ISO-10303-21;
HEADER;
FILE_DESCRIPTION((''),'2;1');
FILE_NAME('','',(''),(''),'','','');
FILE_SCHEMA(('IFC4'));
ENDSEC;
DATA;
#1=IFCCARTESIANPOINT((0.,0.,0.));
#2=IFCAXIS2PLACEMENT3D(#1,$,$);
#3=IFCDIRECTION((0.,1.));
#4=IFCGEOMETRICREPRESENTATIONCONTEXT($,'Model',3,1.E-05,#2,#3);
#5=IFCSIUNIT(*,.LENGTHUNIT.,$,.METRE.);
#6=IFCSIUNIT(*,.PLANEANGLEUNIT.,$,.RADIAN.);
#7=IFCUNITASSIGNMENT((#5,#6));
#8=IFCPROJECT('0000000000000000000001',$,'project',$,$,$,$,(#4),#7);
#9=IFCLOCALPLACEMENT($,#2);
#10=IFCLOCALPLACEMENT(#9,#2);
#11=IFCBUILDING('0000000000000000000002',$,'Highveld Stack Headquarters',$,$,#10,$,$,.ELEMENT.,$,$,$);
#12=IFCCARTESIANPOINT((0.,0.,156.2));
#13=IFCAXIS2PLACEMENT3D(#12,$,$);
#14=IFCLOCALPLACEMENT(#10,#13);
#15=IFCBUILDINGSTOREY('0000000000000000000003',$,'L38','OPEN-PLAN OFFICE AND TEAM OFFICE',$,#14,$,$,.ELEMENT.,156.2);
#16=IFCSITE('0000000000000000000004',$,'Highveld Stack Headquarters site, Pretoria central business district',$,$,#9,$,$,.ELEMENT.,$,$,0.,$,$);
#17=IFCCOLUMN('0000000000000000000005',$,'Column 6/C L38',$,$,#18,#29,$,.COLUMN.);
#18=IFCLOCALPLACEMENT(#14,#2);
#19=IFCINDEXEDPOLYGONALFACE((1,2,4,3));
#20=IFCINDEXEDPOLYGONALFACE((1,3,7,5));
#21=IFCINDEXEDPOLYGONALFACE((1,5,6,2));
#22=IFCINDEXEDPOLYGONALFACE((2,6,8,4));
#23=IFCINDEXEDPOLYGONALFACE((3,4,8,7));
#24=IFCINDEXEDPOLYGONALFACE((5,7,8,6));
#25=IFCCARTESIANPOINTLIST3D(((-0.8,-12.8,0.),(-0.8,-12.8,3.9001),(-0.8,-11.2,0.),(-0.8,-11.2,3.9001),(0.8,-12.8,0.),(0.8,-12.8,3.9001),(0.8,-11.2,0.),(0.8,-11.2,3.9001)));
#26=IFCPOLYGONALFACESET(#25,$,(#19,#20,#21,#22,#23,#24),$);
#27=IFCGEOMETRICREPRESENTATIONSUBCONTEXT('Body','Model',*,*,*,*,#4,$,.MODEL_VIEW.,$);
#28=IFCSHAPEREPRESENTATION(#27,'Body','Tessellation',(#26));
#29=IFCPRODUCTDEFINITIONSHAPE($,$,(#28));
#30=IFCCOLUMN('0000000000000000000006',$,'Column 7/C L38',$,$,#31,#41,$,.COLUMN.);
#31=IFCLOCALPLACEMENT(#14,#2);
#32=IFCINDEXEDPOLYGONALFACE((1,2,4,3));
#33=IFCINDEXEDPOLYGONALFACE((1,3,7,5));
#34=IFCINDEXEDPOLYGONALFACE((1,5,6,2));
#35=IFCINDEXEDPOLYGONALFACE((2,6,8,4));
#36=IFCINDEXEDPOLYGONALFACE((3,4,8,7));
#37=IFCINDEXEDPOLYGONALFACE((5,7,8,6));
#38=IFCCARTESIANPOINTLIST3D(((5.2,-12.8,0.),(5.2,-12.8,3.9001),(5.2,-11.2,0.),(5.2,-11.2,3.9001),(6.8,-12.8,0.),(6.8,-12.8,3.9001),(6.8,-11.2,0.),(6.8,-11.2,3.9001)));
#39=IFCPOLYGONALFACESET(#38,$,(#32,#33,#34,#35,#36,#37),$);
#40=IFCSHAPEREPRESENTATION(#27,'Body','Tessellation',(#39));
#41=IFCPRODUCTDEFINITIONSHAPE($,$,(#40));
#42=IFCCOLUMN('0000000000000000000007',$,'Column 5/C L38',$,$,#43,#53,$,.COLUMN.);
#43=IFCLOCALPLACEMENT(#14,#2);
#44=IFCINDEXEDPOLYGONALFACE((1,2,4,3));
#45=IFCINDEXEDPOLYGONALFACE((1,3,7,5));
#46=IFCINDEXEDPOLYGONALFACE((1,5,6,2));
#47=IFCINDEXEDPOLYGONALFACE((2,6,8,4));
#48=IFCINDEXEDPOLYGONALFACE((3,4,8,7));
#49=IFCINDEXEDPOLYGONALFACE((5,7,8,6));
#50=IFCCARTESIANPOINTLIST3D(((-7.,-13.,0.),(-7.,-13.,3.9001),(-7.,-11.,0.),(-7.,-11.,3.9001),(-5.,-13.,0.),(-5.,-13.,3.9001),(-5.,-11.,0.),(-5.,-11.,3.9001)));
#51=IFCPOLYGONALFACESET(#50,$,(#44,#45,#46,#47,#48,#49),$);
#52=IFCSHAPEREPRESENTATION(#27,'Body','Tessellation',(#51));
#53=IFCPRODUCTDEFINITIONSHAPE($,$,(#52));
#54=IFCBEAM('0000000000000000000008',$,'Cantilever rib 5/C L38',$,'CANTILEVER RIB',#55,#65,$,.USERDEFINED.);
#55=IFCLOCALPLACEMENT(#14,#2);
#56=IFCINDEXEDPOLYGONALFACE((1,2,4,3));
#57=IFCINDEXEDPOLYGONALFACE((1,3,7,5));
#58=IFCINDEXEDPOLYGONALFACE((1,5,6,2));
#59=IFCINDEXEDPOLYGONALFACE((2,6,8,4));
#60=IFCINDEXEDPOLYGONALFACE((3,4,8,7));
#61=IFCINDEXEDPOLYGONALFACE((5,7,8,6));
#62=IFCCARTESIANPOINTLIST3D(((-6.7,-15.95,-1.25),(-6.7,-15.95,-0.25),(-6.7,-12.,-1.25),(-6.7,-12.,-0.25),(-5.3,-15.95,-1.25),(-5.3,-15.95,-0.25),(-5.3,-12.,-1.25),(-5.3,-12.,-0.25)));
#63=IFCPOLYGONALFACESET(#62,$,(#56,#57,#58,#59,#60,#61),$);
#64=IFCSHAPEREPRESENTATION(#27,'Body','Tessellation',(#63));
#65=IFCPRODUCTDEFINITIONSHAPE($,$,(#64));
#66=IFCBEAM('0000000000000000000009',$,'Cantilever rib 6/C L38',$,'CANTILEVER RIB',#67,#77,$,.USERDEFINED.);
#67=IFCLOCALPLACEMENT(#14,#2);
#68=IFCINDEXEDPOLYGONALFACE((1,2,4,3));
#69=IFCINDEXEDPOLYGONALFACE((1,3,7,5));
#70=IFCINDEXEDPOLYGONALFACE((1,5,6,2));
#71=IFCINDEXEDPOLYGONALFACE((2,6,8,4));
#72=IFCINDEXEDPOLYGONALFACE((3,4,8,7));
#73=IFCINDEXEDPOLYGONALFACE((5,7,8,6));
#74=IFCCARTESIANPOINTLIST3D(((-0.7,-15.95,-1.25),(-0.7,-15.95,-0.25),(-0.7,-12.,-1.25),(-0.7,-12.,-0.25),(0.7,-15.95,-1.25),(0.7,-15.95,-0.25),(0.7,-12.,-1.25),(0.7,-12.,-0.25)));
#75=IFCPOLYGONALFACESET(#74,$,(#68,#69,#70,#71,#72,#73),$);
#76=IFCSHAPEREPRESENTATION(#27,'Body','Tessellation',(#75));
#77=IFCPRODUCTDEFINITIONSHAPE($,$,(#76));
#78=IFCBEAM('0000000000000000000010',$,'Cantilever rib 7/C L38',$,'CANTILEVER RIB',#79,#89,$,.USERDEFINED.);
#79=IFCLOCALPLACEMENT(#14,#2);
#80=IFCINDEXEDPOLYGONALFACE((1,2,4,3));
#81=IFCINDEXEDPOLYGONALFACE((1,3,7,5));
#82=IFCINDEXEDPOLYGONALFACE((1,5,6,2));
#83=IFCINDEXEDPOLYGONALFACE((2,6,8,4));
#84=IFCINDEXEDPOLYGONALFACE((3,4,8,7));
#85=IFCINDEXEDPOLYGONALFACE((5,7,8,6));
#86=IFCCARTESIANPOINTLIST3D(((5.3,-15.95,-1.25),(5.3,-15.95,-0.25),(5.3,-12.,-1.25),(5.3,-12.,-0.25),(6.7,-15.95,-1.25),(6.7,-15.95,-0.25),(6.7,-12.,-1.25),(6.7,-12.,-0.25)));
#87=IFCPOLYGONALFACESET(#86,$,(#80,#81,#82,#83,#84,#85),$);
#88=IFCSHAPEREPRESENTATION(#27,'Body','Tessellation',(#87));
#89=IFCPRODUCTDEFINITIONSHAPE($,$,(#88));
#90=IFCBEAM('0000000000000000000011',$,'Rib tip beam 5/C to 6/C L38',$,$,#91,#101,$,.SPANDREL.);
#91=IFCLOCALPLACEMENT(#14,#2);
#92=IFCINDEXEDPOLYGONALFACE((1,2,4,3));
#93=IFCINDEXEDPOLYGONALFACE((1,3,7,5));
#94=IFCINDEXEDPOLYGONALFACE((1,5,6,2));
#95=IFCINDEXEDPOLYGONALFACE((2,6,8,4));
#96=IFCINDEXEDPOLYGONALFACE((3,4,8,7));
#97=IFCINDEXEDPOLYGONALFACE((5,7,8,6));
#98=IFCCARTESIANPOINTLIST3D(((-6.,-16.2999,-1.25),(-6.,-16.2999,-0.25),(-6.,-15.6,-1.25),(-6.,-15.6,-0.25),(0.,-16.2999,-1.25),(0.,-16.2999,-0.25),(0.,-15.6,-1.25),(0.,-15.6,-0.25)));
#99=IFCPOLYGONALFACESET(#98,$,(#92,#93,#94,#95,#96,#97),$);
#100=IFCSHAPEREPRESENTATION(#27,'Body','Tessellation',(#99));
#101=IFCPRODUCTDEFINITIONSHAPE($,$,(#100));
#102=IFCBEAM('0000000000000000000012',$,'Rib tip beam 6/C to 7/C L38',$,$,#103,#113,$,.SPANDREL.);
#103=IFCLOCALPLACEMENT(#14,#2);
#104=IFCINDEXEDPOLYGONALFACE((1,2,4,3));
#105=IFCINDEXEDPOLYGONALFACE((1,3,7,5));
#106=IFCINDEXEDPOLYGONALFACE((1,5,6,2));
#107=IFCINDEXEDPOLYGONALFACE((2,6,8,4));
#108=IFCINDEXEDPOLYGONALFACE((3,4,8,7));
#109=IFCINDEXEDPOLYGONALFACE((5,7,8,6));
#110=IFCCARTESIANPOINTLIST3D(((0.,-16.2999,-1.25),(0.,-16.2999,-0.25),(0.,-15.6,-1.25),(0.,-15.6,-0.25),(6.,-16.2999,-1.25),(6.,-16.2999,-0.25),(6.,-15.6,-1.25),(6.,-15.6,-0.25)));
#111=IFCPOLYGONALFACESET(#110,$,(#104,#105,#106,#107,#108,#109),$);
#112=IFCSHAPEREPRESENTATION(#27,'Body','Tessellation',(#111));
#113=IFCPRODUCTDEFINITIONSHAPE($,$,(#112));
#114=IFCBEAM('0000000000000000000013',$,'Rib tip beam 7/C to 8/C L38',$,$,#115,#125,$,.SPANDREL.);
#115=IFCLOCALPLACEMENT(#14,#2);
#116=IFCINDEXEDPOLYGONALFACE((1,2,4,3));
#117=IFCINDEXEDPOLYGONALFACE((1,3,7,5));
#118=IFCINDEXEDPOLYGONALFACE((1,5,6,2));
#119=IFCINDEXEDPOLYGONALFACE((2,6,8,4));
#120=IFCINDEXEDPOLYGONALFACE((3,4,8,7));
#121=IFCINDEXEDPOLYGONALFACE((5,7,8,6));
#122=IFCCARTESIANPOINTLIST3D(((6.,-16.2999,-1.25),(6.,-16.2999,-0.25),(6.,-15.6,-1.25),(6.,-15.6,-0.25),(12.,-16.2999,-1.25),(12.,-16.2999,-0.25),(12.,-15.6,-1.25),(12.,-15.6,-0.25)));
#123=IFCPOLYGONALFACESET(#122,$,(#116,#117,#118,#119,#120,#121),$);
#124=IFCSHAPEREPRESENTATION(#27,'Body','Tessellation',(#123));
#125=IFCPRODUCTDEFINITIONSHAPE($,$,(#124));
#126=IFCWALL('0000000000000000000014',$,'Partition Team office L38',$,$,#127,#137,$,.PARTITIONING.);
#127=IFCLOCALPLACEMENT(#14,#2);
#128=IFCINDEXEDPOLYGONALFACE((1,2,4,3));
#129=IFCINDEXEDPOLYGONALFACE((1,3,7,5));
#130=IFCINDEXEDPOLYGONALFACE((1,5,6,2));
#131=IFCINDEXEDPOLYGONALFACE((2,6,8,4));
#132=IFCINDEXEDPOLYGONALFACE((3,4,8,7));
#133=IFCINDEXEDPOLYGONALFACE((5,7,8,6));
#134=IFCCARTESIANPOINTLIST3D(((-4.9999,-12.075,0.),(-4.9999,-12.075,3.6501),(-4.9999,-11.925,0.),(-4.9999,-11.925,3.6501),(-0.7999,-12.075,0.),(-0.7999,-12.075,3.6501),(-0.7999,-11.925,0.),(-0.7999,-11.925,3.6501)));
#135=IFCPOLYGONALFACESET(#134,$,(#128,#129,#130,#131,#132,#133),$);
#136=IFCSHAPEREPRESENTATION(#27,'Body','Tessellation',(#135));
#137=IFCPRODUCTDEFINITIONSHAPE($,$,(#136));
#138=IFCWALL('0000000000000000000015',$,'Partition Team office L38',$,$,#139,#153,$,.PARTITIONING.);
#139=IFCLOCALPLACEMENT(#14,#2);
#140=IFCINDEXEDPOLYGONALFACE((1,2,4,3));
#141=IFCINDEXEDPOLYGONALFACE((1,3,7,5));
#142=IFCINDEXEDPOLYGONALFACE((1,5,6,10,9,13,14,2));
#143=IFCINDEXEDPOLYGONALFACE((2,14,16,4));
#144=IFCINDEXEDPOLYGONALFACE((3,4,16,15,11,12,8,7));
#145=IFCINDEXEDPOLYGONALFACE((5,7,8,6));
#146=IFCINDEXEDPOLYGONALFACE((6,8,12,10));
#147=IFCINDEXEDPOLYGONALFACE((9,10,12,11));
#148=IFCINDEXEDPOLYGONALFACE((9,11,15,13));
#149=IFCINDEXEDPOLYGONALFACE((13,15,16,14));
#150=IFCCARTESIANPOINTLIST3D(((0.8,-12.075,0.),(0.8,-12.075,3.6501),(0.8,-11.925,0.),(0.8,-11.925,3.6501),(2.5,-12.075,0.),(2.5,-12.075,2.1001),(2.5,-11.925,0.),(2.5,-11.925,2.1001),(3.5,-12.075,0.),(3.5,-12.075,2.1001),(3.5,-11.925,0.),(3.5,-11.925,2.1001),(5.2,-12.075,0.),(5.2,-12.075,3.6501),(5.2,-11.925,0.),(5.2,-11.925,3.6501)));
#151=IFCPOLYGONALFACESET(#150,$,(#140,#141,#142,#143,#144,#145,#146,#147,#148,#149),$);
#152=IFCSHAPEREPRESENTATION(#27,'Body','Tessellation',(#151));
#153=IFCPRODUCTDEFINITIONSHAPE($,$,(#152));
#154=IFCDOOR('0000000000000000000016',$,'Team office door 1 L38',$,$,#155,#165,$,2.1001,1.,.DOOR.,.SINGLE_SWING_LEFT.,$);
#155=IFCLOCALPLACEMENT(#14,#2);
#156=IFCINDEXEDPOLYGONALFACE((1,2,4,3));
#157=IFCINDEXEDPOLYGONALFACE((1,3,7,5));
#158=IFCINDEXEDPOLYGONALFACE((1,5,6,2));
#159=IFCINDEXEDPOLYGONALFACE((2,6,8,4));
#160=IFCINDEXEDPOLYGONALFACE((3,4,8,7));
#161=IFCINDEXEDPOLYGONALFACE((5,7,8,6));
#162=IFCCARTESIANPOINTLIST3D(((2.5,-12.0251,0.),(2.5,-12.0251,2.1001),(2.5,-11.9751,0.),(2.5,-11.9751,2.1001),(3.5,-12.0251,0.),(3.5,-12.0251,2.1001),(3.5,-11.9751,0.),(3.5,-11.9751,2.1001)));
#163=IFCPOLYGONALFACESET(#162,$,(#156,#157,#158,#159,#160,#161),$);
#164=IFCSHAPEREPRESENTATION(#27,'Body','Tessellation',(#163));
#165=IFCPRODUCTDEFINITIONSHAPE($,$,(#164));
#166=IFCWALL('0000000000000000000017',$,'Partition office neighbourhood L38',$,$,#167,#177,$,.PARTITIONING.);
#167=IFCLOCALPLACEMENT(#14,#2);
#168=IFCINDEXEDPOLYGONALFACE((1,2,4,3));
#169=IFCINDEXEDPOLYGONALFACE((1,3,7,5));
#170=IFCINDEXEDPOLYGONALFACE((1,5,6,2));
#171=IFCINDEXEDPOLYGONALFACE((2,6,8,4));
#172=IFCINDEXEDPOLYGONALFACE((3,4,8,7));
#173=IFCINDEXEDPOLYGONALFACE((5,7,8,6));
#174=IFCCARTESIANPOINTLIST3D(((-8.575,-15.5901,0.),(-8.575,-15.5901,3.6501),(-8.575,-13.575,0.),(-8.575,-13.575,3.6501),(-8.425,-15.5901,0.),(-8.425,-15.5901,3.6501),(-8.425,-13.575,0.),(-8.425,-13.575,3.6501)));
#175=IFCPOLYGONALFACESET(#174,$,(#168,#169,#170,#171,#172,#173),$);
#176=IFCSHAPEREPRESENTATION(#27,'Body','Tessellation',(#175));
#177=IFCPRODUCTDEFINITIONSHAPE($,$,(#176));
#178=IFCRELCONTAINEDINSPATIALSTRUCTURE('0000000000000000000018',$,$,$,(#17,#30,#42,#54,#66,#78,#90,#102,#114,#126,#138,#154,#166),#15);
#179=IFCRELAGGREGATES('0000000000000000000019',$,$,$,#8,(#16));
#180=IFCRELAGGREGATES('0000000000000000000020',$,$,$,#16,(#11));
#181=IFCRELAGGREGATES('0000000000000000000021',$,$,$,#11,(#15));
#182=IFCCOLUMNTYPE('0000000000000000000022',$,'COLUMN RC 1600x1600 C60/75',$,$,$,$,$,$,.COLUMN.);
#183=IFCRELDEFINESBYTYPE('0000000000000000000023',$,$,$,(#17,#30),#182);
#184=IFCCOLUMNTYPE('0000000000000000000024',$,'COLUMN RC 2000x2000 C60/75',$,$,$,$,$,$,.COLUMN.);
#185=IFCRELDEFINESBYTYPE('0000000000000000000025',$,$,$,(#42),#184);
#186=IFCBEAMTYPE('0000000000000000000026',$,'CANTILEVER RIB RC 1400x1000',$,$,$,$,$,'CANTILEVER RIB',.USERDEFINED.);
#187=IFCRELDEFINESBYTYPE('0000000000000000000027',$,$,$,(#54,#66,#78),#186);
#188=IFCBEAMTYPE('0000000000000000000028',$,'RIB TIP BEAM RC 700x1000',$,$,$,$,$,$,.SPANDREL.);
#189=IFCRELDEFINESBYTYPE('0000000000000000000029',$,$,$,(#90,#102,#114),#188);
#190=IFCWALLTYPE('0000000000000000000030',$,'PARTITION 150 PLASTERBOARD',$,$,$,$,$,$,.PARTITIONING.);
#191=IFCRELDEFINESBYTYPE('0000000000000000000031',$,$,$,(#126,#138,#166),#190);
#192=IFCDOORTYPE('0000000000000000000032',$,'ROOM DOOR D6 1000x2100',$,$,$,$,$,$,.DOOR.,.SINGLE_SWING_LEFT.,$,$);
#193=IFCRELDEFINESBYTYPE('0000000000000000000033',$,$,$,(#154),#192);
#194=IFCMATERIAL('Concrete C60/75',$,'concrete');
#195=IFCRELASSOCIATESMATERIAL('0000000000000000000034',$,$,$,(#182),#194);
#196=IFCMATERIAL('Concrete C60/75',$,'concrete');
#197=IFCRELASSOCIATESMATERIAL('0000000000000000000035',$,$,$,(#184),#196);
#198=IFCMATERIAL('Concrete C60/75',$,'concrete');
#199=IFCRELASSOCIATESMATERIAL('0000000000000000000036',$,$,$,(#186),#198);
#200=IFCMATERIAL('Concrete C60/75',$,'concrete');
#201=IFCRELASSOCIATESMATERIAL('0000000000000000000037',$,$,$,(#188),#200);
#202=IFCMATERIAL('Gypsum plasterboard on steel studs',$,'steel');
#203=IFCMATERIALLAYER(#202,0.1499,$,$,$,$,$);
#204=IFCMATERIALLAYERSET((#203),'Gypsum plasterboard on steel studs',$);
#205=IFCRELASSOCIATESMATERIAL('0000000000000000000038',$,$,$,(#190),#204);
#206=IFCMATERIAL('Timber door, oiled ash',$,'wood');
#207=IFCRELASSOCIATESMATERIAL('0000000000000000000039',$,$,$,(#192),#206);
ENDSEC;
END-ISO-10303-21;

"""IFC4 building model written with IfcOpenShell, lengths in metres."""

from ifc_helpers import new_model, si_unit, direction, frame, frame_2d, origin, origin_2d, place, context, subcontext, project, spatial, rectangle, extrude, material, layer, layer_set, material_profile, profile_set, type_object, element, fill, save


model = new_model("IFC4")

# Units and contexts
model_context = context("Model", 3, precision=1e-05, world=origin(), true_north=direction((0.0, 1.0)))
body_context = subcontext(model_context, "Body", "Model", "MODEL_VIEW")
ifc_project = project(units=[si_unit("LENGTHUNIT", "METRE"), si_unit("PLANEANGLEUNIT", "RADIAN")], contexts=[model_context])

# Site, building, storey
site_placement = place(None, origin())
site = spatial("IfcSite", under=ifc_project, at=site_placement, Name="Highveld Stack Headquarters site, Pretoria central business district", CompositionType="ELEMENT", RefElevation=0.0)
building_placement = place(site_placement, origin())
building = spatial("IfcBuilding", under=site, at=building_placement, Name="Highveld Stack Headquarters", CompositionType="ELEMENT")
storey_placement = place(building_placement, frame((0.0, 0.0, 156.2)))
storey = spatial("IfcBuildingStorey", under=building, at=storey_placement, Name="L38", Description="OPEN-PLAN OFFICE AND TEAM OFFICE", CompositionType="ELEMENT", Elevation=156.2)

# Columns
ifc_material_1 = material(Name="Concrete C60/75", Category="concrete")
ifc_material_profile_1 = material_profile(ifc_material_1, rectangle(XDim=1.6001, YDim=1.6001, at=origin_2d()), Name="RC 1600x1600")
ifc_profile_set_1 = profile_set([ifc_material_profile_1], Name="Concrete C60/75")
column_type_1 = type_object("IfcColumnType", Name="COLUMN RC 1600x1600 C60/75", PredefinedType="COLUMN", material=ifc_profile_set_1)
for number, where, z_axis, x_axis, name in (
    (1, (0.0, -12.0, 0.0), (0.0, 0.0, 1.0), (1.0, 0.0, 0.0), "Column 6/C L38"),
    (2, (6.0, -12.0, 0.0), (0.0, 0.0, 1.0), (1.0, 0.0, 0.0), "Column 7/C L38"),
):
    element("IfcColumn", number, at=place(storey_placement, frame(where, z_axis=z_axis, x_axis=x_axis)), inside=storey, type_object=column_type_1, Name=name, PredefinedType="COLUMN", context=body_context, shape_type="SweptSolid", body=[
        extrude(rectangle(XDim=1.6001, YDim=1.6001, at=origin_2d()), origin(), (0.0, 0.0, 1.0), 3.9001),
    ])
ifc_material_2 = material(Name="Concrete C60/75", Category="concrete")
ifc_material_profile_2 = material_profile(ifc_material_2, rectangle(XDim=2.0, YDim=2.0, at=origin_2d()), Name="RC 2000x2000")
ifc_profile_set_2 = profile_set([ifc_material_profile_2], Name="Concrete C60/75")
column_type_2 = type_object("IfcColumnType", Name="COLUMN RC 2000x2000 C60/75", PredefinedType="COLUMN", material=ifc_profile_set_2)
column_placement = place(storey_placement, frame((-6.0, -12.0, 0.0), z_axis=(0.0, 0.0, 1.0), x_axis=(1.0, 0.0, 0.0)))
element("IfcColumn", 3, at=column_placement, inside=storey, type_object=column_type_2, Name="Column 5/C L38", PredefinedType="COLUMN", context=body_context, shape_type="SweptSolid", body=[
    extrude(rectangle(XDim=2.0, YDim=2.0, at=origin_2d()), origin(), (0.0, 0.0, 1.0), 3.9001),
])

# Beams
ifc_material_3 = material(Name="Concrete C60/75", Category="concrete")
ifc_material_profile_3 = material_profile(ifc_material_3, rectangle(XDim=1.3999, YDim=1.0, at=origin_2d()), Name="RC 1400x1000")
ifc_profile_set_3 = profile_set([ifc_material_profile_3], Name="Concrete C60/75")
beam_type_1 = type_object("IfcBeamType", Name="CANTILEVER RIB RC 1400x1000", ElementType="CANTILEVER RIB", PredefinedType="USERDEFINED", material=ifc_profile_set_3)
for number, where, z_axis, x_axis, name in (
    (4, (-6.0, -12.0, -0.75), (0.0, -1.0, 0.0), (1.0, 0.0, 0.0), "Cantilever rib 5/C L38"),
    (5, (0.0, -12.0, -0.75), (0.0, -1.0, 0.0), (1.0, 0.0, 0.0), "Cantilever rib 6/C L38"),
    (6, (6.0, -12.0, -0.75), (0.0, -1.0, 0.0), (1.0, 0.0, 0.0), "Cantilever rib 7/C L38"),
):
    element("IfcBeam", number, at=place(storey_placement, frame(where, z_axis=z_axis, x_axis=x_axis)), inside=storey, type_object=beam_type_1, Name=name, ObjectType="CANTILEVER RIB", PredefinedType="USERDEFINED", context=body_context, shape_type="SweptSolid", body=[
        extrude(rectangle(XDim=1.3999, YDim=1.0, at=origin_2d()), origin(), (0.0, 0.0, 1.0), 3.95),
    ])
ifc_material_4 = material(Name="Concrete C60/75", Category="concrete")
ifc_material_profile_4 = material_profile(ifc_material_4, rectangle(XDim=0.7, YDim=1.0, at=origin_2d()), Name="RC 700x1000")
ifc_profile_set_4 = profile_set([ifc_material_profile_4], Name="Concrete C60/75")
beam_type_2 = type_object("IfcBeamType", Name="RIB TIP BEAM RC 700x1000", PredefinedType="SPANDREL", material=ifc_profile_set_4)
for number, where, z_axis, x_axis, name in (
    (7, (-6.0, -15.95, -0.75), (1.0, 0.0, 0.0), (0.0, 1.0, 0.0), "Rib tip beam 5/C to 6/C L38"),
    (8, (0.0, -15.95, -0.75), (1.0, 0.0, 0.0), (0.0, 1.0, 0.0), "Rib tip beam 6/C to 7/C L38"),
    (9, (6.0, -15.95, -0.75), (1.0, 0.0, 0.0), (0.0, 1.0, 0.0), "Rib tip beam 7/C to 8/C L38"),
):
    element("IfcBeam", number, at=place(storey_placement, frame(where, z_axis=z_axis, x_axis=x_axis)), inside=storey, type_object=beam_type_2, Name=name, PredefinedType="SPANDREL", context=body_context, shape_type="SweptSolid", body=[
        extrude(rectangle(XDim=0.7, YDim=1.0, at=origin_2d()), origin(), (0.0, 0.0, 1.0), 6.0),
    ])

# Wall
ifc_material_5 = material(Name="Gypsum plasterboard on steel studs", Category="steel")
ifc_layer = layer(ifc_material_5, 0.1499)
ifc_layer_set = layer_set([ifc_layer], Name="Gypsum plasterboard on steel studs")
wall_type = type_object("IfcWallType", Name="PARTITION 150 PLASTERBOARD", PredefinedType="PARTITIONING", material=ifc_layer_set)
wall_1_placement = place(storey_placement, frame((-5.0, -12.0, 0.0), z_axis=(0.0, 0.0, 1.0), x_axis=(1.0, 0.0, 0.0)))
element("IfcWall", 10, at=wall_1_placement, inside=storey, type_object=wall_type, Name="Partition Team office L38", PredefinedType="PARTITIONING", context=body_context, shape_type="SweptSolid", body=[
    extrude(rectangle(XDim=4.2, YDim=0.1499, at=frame_2d((2.1001, 0.0))), origin(), (0.0, 0.0, 1.0), 3.6501),
])

# Wall, opening, door
wall_2_placement = place(storey_placement, frame((0.8, -12.0, 0.0), z_axis=(0.0, 0.0, 1.0), x_axis=(1.0, 0.0, 0.0)))
wall_2 = element("IfcWall", 11, at=wall_2_placement, inside=storey, type_object=wall_type, Name="Partition Team office L38", PredefinedType="PARTITIONING", context=body_context, shape_type="SweptSolid", body=[
    extrude(rectangle(XDim=4.3999, YDim=0.1499, at=frame_2d((2.2, 0.0))), origin(), (0.0, 0.0, 1.0), 3.6501),
])
opening_1_placement = place(wall_2_placement, frame((1.7, 0.0, 0.0)))
opening_1 = element("IfcOpeningElement", 12, at=opening_1_placement, cuts=wall_2, PredefinedType="OPENING", context=body_context, shape_type="SweptSolid", body=[
    extrude(rectangle(XDim=1.0, YDim=2.1001, at=frame_2d((0.5, 1.05))), frame((0.0, 0.085, 0.0), z_axis=(0.0, -1.0, 0.0), x_axis=(1.0, 0.0, 0.0)), (0.0, 0.0, 1.0), 0.1699),
])
ifc_material_6 = material(Name="Timber door, oiled ash", Category="wood")
door_type = type_object("IfcDoorType", Name="ROOM DOOR D6 1000x2100", OperationType="SINGLE_SWING_LEFT", PredefinedType="DOOR", material=ifc_material_6)
door_1_placement = place(opening_1_placement, origin())
door_1 = element("IfcDoor", 13, at=door_1_placement, inside=storey, type_object=door_type, Name="Team office door 1 L38", OperationType="SINGLE_SWING_LEFT", OverallHeight=2.1001, OverallWidth=1.0, PredefinedType="DOOR", context=body_context, shape_type="SweptSolid", body=[
    extrude(rectangle(XDim=1.0, YDim=2.1001, at=frame_2d((0.5, 1.05))), frame((0.0, 0.0249, 0.0), z_axis=(0.0, -1.0, 0.0), x_axis=(1.0, 0.0, 0.0)), (0.0, 0.0, 1.0), 0.05),
])
fill(opening_1, door_1)

# Wall
wall_3_placement = place(storey_placement, frame((-8.5, -15.5901, 0.0), z_axis=(0.0, 0.0, 1.0), x_axis=(0.0, 1.0, 0.0)))
element("IfcWall", 14, at=wall_3_placement, inside=storey, type_object=wall_type, Name="Partition office neighbourhood L38", PredefinedType="PARTITIONING", context=body_context, shape_type="SweptSolid", body=[
    extrude(rectangle(XDim=2.0151, YDim=0.1499, at=frame_2d((1.0076, 0.0))), origin(), (0.0, 0.0, 1.0), 3.6501),
])

save(model, "model.ifc")
